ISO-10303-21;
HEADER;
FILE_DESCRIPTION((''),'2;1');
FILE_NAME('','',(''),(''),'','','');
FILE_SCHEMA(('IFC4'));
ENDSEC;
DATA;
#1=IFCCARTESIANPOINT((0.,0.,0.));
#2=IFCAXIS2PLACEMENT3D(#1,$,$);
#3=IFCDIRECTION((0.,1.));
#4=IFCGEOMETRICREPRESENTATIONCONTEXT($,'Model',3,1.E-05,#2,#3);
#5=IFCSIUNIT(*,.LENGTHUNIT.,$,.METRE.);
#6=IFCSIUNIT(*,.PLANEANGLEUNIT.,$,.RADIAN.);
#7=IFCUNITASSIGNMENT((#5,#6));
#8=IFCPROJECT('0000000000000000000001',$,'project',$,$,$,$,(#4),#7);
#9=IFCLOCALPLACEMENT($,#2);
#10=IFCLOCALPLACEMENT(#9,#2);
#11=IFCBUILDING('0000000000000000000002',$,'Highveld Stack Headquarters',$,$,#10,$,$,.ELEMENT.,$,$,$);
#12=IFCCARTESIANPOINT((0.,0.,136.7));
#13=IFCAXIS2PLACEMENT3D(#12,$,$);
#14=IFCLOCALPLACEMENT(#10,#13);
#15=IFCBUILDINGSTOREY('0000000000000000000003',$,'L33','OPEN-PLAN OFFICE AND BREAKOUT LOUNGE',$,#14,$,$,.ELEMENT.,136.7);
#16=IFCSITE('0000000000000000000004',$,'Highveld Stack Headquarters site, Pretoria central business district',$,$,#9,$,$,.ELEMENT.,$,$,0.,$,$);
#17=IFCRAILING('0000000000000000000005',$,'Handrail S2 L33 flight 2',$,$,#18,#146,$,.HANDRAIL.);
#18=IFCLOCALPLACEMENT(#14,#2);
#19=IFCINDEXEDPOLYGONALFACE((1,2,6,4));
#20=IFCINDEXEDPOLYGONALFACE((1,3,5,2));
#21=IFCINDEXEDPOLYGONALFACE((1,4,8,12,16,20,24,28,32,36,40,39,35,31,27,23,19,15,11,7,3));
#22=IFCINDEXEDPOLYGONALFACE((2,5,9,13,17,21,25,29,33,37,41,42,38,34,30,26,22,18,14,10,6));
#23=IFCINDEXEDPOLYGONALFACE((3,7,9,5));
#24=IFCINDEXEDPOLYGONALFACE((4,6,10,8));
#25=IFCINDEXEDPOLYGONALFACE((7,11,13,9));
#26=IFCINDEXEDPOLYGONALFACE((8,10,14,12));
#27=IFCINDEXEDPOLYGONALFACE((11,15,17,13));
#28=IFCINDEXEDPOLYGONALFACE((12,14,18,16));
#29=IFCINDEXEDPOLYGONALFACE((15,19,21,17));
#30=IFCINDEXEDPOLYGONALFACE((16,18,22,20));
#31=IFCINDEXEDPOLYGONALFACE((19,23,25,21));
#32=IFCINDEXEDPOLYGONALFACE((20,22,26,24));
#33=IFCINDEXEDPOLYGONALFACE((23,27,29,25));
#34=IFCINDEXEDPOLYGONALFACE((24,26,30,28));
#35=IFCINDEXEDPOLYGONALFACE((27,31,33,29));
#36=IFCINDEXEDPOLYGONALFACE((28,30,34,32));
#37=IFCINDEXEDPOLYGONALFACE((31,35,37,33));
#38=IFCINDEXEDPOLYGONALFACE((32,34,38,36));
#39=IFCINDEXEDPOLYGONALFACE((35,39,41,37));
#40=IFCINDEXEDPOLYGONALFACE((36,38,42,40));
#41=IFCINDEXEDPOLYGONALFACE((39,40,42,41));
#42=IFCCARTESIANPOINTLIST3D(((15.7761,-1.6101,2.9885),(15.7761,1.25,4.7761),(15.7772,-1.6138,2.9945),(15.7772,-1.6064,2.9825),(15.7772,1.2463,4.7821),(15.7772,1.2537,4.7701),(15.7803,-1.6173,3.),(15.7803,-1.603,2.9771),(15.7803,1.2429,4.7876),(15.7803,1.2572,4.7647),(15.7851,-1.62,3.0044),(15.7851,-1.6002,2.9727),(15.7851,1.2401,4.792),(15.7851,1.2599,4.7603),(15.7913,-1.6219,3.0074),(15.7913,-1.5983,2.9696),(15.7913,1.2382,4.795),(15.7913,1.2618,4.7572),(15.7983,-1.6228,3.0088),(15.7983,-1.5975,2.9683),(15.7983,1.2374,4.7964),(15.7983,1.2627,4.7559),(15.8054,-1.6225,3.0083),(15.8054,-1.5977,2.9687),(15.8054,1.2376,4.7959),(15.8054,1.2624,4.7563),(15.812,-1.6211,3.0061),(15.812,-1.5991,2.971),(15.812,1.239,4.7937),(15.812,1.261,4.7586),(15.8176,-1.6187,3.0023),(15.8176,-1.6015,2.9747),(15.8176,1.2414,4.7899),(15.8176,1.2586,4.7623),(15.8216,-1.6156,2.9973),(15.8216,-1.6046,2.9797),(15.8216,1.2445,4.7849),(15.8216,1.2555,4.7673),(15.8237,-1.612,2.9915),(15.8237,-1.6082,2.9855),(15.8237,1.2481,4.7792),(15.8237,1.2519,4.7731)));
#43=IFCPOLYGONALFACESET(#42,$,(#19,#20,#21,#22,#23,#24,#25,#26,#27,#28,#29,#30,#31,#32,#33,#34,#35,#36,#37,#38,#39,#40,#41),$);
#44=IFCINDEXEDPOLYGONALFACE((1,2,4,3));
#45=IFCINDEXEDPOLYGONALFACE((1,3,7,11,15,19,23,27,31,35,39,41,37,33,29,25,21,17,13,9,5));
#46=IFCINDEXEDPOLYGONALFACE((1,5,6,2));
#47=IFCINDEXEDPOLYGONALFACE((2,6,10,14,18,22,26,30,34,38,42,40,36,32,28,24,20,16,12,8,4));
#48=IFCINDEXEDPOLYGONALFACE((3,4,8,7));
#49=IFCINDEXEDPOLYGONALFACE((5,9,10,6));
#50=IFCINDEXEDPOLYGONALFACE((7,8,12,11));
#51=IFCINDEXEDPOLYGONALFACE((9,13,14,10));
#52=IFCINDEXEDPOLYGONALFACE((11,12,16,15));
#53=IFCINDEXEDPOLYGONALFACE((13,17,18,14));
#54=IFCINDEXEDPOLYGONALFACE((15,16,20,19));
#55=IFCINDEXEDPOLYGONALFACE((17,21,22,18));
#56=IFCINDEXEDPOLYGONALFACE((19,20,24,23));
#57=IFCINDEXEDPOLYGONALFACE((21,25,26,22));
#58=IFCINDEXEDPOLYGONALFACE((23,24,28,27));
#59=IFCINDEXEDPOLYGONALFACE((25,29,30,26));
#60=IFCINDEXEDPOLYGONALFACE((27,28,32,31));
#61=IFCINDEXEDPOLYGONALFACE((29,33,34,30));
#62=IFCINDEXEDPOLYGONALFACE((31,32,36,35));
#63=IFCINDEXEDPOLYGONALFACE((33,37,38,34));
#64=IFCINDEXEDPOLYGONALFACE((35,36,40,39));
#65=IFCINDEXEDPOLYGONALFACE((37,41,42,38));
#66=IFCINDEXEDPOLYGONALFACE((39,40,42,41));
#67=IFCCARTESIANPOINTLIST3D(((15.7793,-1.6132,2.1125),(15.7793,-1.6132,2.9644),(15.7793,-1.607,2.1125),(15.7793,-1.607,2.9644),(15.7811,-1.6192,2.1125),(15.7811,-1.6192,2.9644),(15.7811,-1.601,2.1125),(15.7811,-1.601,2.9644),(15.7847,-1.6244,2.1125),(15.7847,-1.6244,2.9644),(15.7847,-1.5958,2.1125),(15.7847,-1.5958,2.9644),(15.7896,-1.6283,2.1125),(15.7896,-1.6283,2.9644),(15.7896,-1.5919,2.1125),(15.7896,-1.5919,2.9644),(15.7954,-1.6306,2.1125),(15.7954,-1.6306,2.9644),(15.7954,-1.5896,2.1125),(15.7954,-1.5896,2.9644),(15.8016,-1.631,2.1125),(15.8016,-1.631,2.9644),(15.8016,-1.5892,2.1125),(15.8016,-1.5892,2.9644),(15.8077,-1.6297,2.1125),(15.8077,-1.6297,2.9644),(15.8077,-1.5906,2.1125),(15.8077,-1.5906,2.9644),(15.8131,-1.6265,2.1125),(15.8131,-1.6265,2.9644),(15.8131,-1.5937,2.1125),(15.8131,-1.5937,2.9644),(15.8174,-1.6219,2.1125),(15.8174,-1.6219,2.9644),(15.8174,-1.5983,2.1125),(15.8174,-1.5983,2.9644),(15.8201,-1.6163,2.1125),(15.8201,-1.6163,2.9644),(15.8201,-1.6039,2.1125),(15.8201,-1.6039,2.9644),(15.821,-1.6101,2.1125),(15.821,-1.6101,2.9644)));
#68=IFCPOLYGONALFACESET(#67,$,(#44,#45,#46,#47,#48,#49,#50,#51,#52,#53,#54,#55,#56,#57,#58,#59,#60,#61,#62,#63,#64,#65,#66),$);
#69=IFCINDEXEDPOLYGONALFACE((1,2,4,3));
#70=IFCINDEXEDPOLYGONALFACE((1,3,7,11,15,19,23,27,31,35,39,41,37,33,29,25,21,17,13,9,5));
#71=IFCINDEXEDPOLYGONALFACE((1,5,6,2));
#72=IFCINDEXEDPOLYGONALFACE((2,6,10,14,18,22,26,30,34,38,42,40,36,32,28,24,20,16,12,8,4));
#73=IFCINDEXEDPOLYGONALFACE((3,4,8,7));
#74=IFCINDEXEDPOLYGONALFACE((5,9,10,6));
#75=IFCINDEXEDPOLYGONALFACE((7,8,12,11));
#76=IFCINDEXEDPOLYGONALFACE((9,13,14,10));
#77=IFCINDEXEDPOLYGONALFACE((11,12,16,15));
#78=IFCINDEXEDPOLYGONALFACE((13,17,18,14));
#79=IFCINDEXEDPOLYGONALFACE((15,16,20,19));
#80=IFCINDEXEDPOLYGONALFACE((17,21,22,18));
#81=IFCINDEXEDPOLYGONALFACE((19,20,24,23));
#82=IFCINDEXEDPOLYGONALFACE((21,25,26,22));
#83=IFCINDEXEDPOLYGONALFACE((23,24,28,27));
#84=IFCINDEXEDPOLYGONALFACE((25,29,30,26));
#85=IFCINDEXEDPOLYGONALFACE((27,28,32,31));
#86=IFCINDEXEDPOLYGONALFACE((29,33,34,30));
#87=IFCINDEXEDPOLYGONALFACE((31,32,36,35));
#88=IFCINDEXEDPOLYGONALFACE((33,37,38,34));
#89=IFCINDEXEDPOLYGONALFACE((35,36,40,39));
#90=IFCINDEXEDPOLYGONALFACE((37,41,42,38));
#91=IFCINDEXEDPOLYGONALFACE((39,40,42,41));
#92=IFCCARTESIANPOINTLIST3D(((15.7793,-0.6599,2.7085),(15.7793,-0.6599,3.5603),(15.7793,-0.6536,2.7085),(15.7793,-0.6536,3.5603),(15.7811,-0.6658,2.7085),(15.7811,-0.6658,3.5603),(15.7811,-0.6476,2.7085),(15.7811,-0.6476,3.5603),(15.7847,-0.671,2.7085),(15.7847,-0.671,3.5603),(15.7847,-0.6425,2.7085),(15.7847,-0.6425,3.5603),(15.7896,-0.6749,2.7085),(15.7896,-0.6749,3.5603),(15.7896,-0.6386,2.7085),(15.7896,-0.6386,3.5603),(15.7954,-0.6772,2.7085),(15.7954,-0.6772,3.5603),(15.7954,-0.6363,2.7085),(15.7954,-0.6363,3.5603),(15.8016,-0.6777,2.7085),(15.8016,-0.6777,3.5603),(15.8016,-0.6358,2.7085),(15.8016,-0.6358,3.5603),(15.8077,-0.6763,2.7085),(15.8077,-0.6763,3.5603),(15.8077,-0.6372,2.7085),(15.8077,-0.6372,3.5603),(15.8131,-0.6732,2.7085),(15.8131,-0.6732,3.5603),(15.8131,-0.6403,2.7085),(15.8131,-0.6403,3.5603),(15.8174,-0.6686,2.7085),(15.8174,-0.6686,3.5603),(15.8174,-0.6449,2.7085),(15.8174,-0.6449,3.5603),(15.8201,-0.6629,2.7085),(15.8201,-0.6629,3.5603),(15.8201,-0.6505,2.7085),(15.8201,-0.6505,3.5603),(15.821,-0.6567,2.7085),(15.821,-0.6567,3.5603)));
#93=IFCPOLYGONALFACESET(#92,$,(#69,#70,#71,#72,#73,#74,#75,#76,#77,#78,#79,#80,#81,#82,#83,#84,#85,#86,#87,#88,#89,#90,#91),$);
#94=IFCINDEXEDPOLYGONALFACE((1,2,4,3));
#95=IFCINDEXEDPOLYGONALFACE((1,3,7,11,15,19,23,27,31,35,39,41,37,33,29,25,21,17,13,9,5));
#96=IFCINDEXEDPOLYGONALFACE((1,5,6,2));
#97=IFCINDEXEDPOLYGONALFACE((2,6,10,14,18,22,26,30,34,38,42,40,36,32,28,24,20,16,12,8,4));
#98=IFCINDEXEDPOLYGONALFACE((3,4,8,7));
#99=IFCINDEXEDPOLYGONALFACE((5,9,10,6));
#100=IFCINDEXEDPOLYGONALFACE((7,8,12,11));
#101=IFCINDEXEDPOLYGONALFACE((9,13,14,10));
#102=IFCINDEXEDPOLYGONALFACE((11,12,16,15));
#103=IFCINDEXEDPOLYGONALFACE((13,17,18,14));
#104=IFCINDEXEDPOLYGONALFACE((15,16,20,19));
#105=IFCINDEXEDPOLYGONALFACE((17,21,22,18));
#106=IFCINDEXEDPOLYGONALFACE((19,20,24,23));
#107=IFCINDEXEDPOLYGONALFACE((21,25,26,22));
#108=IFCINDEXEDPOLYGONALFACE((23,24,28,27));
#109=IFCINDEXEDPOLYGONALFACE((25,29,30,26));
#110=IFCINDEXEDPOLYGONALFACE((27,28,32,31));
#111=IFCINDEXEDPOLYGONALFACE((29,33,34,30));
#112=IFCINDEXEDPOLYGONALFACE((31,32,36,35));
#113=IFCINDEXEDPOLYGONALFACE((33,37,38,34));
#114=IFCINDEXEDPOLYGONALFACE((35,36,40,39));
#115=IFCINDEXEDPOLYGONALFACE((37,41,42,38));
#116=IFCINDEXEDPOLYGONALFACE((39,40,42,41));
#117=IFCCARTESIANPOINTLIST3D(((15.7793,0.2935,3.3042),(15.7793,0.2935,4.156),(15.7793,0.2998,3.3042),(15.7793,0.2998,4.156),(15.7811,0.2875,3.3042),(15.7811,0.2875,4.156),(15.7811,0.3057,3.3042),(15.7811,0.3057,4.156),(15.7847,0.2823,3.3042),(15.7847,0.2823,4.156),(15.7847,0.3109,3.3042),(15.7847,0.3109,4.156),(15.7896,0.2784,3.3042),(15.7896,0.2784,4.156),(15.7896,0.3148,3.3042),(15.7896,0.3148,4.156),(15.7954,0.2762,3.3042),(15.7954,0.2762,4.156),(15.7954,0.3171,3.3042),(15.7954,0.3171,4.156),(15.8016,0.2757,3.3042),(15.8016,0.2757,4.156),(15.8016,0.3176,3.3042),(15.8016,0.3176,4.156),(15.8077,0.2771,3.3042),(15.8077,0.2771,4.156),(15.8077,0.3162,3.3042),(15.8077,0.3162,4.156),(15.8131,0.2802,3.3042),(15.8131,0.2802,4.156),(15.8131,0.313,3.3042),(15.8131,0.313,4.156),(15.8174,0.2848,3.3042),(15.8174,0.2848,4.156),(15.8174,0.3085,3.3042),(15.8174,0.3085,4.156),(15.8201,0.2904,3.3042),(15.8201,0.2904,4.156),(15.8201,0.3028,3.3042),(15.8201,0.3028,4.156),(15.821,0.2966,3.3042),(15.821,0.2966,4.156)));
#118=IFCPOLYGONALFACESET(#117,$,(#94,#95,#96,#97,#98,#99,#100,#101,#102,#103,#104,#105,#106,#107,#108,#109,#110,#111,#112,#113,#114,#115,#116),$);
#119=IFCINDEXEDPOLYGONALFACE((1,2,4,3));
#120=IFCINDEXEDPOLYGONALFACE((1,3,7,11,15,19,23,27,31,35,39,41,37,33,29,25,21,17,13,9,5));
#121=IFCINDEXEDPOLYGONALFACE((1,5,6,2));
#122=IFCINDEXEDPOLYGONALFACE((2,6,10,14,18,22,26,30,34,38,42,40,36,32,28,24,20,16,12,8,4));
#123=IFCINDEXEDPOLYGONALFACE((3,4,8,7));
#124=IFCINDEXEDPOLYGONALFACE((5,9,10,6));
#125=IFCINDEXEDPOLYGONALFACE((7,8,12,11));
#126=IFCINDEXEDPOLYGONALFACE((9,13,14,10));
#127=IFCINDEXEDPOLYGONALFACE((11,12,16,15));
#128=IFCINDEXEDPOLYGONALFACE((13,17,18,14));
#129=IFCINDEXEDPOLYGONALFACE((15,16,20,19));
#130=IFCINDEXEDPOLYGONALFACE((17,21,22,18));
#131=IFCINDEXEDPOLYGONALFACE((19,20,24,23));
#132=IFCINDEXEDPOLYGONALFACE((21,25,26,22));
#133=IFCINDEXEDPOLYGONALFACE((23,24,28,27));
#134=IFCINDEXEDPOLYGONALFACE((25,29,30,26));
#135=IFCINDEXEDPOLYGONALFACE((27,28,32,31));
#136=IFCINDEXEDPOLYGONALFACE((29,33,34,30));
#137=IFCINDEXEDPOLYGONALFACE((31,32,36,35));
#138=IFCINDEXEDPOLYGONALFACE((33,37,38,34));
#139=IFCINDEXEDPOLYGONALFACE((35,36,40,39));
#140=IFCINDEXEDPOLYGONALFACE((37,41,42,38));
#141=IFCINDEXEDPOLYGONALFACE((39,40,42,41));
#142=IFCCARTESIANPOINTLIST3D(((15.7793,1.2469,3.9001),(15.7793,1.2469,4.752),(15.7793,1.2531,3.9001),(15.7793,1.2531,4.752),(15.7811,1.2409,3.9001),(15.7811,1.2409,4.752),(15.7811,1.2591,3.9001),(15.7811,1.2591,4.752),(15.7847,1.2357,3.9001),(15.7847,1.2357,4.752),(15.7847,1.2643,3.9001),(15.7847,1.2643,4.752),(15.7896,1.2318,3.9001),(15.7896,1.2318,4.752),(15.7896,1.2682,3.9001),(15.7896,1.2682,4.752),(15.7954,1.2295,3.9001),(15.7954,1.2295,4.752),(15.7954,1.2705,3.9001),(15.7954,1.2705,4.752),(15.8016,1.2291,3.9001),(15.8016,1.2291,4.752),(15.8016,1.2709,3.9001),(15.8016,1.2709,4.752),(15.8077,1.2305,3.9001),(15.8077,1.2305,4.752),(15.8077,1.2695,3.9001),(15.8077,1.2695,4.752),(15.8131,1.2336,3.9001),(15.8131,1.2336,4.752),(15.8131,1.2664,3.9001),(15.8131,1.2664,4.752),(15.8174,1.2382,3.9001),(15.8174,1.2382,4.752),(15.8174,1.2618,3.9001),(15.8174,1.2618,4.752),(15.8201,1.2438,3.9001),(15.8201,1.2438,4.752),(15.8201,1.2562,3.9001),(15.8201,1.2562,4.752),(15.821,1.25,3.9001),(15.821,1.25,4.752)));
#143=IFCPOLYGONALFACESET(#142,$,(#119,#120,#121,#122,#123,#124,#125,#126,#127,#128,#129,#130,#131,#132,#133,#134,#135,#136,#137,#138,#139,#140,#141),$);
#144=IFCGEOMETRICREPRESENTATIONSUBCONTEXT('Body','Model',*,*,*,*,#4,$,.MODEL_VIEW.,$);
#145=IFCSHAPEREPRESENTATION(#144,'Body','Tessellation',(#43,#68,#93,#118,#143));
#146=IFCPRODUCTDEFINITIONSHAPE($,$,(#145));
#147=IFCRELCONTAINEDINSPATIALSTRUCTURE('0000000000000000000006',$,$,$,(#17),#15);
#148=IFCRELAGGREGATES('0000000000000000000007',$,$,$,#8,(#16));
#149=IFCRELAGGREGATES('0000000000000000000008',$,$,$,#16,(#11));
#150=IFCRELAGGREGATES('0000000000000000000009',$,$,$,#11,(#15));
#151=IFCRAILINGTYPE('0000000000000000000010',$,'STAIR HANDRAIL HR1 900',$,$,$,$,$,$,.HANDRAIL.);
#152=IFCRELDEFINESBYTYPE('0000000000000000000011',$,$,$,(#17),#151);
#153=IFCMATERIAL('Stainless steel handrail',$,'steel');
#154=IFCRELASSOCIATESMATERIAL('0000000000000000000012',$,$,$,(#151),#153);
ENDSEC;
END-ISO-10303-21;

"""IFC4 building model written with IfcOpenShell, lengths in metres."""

from ifc_helpers import new_model, si_unit, direction, frame, origin, origin_2d, place, context, subcontext, project, spatial, circle, extrude, material, type_object, element, save


model = new_model("IFC4")

# Units and contexts
model_context = context("Model", 3, precision=1e-05, world=origin(), true_north=direction((0.0, 1.0)))
body_context = subcontext(model_context, "Body", "Model", "MODEL_VIEW")
ifc_project = project(units=[si_unit("LENGTHUNIT", "METRE"), si_unit("PLANEANGLEUNIT", "RADIAN")], contexts=[model_context])

# Site, building, storey
site_placement = place(None, origin())
site = spatial("IfcSite", under=ifc_project, at=site_placement, Name="Highveld Stack Headquarters site, Pretoria central business district", CompositionType="ELEMENT", RefElevation=0.0)
building_placement = place(site_placement, origin())
building = spatial("IfcBuilding", under=site, at=building_placement, Name="Highveld Stack Headquarters", CompositionType="ELEMENT")
storey_placement = place(building_placement, frame((0.0, 0.0, 136.7)))
storey = spatial("IfcBuildingStorey", under=building, at=storey_placement, Name="L33", Description="OPEN-PLAN OFFICE AND BREAKOUT LOUNGE", CompositionType="ELEMENT", Elevation=136.7)

# Railing
ifc_material_1 = material(Name="Stainless steel handrail", Category="steel")
railing_type = type_object("IfcRailingType", Name="STAIR HANDRAIL HR1 900", PredefinedType="HANDRAIL", material=ifc_material_1)
railing_placement = place(storey_placement, frame((15.8, -1.6101, 2.1125)))
element("IfcRailing", 1, at=railing_placement, inside=storey, type_object=railing_type, Name="Handrail S2 L33 flight 2", PredefinedType="HANDRAIL", context=body_context, shape_type="SweptSolid", body=[
    extrude(circle(Radius=0.0239, at=origin_2d()), frame((0.0, 0.0, 0.876), z_axis=(0.0, 0.847994, 0.530005), x_axis=(-1.0, 0.0, 0.0)), (0.0, 0.0, 1.0), 3.3728),
    extrude(circle(Radius=0.021, at=origin_2d()), origin(), (0.0, 0.0, 1.0), 0.8518),
    extrude(circle(Radius=0.021, at=origin_2d()), frame((0.0, 0.9534, 0.5959)), (0.0, 0.0, 1.0), 0.8518),
    extrude(circle(Radius=0.021, at=origin_2d()), frame((0.0, 1.9067, 1.1917)), (0.0, 0.0, 1.0), 0.8518),
    extrude(circle(Radius=0.021, at=origin_2d()), frame((0.0, 2.8601, 1.7876)), (0.0, 0.0, 1.0), 0.8518),
])

save(model, "model.ifc")
